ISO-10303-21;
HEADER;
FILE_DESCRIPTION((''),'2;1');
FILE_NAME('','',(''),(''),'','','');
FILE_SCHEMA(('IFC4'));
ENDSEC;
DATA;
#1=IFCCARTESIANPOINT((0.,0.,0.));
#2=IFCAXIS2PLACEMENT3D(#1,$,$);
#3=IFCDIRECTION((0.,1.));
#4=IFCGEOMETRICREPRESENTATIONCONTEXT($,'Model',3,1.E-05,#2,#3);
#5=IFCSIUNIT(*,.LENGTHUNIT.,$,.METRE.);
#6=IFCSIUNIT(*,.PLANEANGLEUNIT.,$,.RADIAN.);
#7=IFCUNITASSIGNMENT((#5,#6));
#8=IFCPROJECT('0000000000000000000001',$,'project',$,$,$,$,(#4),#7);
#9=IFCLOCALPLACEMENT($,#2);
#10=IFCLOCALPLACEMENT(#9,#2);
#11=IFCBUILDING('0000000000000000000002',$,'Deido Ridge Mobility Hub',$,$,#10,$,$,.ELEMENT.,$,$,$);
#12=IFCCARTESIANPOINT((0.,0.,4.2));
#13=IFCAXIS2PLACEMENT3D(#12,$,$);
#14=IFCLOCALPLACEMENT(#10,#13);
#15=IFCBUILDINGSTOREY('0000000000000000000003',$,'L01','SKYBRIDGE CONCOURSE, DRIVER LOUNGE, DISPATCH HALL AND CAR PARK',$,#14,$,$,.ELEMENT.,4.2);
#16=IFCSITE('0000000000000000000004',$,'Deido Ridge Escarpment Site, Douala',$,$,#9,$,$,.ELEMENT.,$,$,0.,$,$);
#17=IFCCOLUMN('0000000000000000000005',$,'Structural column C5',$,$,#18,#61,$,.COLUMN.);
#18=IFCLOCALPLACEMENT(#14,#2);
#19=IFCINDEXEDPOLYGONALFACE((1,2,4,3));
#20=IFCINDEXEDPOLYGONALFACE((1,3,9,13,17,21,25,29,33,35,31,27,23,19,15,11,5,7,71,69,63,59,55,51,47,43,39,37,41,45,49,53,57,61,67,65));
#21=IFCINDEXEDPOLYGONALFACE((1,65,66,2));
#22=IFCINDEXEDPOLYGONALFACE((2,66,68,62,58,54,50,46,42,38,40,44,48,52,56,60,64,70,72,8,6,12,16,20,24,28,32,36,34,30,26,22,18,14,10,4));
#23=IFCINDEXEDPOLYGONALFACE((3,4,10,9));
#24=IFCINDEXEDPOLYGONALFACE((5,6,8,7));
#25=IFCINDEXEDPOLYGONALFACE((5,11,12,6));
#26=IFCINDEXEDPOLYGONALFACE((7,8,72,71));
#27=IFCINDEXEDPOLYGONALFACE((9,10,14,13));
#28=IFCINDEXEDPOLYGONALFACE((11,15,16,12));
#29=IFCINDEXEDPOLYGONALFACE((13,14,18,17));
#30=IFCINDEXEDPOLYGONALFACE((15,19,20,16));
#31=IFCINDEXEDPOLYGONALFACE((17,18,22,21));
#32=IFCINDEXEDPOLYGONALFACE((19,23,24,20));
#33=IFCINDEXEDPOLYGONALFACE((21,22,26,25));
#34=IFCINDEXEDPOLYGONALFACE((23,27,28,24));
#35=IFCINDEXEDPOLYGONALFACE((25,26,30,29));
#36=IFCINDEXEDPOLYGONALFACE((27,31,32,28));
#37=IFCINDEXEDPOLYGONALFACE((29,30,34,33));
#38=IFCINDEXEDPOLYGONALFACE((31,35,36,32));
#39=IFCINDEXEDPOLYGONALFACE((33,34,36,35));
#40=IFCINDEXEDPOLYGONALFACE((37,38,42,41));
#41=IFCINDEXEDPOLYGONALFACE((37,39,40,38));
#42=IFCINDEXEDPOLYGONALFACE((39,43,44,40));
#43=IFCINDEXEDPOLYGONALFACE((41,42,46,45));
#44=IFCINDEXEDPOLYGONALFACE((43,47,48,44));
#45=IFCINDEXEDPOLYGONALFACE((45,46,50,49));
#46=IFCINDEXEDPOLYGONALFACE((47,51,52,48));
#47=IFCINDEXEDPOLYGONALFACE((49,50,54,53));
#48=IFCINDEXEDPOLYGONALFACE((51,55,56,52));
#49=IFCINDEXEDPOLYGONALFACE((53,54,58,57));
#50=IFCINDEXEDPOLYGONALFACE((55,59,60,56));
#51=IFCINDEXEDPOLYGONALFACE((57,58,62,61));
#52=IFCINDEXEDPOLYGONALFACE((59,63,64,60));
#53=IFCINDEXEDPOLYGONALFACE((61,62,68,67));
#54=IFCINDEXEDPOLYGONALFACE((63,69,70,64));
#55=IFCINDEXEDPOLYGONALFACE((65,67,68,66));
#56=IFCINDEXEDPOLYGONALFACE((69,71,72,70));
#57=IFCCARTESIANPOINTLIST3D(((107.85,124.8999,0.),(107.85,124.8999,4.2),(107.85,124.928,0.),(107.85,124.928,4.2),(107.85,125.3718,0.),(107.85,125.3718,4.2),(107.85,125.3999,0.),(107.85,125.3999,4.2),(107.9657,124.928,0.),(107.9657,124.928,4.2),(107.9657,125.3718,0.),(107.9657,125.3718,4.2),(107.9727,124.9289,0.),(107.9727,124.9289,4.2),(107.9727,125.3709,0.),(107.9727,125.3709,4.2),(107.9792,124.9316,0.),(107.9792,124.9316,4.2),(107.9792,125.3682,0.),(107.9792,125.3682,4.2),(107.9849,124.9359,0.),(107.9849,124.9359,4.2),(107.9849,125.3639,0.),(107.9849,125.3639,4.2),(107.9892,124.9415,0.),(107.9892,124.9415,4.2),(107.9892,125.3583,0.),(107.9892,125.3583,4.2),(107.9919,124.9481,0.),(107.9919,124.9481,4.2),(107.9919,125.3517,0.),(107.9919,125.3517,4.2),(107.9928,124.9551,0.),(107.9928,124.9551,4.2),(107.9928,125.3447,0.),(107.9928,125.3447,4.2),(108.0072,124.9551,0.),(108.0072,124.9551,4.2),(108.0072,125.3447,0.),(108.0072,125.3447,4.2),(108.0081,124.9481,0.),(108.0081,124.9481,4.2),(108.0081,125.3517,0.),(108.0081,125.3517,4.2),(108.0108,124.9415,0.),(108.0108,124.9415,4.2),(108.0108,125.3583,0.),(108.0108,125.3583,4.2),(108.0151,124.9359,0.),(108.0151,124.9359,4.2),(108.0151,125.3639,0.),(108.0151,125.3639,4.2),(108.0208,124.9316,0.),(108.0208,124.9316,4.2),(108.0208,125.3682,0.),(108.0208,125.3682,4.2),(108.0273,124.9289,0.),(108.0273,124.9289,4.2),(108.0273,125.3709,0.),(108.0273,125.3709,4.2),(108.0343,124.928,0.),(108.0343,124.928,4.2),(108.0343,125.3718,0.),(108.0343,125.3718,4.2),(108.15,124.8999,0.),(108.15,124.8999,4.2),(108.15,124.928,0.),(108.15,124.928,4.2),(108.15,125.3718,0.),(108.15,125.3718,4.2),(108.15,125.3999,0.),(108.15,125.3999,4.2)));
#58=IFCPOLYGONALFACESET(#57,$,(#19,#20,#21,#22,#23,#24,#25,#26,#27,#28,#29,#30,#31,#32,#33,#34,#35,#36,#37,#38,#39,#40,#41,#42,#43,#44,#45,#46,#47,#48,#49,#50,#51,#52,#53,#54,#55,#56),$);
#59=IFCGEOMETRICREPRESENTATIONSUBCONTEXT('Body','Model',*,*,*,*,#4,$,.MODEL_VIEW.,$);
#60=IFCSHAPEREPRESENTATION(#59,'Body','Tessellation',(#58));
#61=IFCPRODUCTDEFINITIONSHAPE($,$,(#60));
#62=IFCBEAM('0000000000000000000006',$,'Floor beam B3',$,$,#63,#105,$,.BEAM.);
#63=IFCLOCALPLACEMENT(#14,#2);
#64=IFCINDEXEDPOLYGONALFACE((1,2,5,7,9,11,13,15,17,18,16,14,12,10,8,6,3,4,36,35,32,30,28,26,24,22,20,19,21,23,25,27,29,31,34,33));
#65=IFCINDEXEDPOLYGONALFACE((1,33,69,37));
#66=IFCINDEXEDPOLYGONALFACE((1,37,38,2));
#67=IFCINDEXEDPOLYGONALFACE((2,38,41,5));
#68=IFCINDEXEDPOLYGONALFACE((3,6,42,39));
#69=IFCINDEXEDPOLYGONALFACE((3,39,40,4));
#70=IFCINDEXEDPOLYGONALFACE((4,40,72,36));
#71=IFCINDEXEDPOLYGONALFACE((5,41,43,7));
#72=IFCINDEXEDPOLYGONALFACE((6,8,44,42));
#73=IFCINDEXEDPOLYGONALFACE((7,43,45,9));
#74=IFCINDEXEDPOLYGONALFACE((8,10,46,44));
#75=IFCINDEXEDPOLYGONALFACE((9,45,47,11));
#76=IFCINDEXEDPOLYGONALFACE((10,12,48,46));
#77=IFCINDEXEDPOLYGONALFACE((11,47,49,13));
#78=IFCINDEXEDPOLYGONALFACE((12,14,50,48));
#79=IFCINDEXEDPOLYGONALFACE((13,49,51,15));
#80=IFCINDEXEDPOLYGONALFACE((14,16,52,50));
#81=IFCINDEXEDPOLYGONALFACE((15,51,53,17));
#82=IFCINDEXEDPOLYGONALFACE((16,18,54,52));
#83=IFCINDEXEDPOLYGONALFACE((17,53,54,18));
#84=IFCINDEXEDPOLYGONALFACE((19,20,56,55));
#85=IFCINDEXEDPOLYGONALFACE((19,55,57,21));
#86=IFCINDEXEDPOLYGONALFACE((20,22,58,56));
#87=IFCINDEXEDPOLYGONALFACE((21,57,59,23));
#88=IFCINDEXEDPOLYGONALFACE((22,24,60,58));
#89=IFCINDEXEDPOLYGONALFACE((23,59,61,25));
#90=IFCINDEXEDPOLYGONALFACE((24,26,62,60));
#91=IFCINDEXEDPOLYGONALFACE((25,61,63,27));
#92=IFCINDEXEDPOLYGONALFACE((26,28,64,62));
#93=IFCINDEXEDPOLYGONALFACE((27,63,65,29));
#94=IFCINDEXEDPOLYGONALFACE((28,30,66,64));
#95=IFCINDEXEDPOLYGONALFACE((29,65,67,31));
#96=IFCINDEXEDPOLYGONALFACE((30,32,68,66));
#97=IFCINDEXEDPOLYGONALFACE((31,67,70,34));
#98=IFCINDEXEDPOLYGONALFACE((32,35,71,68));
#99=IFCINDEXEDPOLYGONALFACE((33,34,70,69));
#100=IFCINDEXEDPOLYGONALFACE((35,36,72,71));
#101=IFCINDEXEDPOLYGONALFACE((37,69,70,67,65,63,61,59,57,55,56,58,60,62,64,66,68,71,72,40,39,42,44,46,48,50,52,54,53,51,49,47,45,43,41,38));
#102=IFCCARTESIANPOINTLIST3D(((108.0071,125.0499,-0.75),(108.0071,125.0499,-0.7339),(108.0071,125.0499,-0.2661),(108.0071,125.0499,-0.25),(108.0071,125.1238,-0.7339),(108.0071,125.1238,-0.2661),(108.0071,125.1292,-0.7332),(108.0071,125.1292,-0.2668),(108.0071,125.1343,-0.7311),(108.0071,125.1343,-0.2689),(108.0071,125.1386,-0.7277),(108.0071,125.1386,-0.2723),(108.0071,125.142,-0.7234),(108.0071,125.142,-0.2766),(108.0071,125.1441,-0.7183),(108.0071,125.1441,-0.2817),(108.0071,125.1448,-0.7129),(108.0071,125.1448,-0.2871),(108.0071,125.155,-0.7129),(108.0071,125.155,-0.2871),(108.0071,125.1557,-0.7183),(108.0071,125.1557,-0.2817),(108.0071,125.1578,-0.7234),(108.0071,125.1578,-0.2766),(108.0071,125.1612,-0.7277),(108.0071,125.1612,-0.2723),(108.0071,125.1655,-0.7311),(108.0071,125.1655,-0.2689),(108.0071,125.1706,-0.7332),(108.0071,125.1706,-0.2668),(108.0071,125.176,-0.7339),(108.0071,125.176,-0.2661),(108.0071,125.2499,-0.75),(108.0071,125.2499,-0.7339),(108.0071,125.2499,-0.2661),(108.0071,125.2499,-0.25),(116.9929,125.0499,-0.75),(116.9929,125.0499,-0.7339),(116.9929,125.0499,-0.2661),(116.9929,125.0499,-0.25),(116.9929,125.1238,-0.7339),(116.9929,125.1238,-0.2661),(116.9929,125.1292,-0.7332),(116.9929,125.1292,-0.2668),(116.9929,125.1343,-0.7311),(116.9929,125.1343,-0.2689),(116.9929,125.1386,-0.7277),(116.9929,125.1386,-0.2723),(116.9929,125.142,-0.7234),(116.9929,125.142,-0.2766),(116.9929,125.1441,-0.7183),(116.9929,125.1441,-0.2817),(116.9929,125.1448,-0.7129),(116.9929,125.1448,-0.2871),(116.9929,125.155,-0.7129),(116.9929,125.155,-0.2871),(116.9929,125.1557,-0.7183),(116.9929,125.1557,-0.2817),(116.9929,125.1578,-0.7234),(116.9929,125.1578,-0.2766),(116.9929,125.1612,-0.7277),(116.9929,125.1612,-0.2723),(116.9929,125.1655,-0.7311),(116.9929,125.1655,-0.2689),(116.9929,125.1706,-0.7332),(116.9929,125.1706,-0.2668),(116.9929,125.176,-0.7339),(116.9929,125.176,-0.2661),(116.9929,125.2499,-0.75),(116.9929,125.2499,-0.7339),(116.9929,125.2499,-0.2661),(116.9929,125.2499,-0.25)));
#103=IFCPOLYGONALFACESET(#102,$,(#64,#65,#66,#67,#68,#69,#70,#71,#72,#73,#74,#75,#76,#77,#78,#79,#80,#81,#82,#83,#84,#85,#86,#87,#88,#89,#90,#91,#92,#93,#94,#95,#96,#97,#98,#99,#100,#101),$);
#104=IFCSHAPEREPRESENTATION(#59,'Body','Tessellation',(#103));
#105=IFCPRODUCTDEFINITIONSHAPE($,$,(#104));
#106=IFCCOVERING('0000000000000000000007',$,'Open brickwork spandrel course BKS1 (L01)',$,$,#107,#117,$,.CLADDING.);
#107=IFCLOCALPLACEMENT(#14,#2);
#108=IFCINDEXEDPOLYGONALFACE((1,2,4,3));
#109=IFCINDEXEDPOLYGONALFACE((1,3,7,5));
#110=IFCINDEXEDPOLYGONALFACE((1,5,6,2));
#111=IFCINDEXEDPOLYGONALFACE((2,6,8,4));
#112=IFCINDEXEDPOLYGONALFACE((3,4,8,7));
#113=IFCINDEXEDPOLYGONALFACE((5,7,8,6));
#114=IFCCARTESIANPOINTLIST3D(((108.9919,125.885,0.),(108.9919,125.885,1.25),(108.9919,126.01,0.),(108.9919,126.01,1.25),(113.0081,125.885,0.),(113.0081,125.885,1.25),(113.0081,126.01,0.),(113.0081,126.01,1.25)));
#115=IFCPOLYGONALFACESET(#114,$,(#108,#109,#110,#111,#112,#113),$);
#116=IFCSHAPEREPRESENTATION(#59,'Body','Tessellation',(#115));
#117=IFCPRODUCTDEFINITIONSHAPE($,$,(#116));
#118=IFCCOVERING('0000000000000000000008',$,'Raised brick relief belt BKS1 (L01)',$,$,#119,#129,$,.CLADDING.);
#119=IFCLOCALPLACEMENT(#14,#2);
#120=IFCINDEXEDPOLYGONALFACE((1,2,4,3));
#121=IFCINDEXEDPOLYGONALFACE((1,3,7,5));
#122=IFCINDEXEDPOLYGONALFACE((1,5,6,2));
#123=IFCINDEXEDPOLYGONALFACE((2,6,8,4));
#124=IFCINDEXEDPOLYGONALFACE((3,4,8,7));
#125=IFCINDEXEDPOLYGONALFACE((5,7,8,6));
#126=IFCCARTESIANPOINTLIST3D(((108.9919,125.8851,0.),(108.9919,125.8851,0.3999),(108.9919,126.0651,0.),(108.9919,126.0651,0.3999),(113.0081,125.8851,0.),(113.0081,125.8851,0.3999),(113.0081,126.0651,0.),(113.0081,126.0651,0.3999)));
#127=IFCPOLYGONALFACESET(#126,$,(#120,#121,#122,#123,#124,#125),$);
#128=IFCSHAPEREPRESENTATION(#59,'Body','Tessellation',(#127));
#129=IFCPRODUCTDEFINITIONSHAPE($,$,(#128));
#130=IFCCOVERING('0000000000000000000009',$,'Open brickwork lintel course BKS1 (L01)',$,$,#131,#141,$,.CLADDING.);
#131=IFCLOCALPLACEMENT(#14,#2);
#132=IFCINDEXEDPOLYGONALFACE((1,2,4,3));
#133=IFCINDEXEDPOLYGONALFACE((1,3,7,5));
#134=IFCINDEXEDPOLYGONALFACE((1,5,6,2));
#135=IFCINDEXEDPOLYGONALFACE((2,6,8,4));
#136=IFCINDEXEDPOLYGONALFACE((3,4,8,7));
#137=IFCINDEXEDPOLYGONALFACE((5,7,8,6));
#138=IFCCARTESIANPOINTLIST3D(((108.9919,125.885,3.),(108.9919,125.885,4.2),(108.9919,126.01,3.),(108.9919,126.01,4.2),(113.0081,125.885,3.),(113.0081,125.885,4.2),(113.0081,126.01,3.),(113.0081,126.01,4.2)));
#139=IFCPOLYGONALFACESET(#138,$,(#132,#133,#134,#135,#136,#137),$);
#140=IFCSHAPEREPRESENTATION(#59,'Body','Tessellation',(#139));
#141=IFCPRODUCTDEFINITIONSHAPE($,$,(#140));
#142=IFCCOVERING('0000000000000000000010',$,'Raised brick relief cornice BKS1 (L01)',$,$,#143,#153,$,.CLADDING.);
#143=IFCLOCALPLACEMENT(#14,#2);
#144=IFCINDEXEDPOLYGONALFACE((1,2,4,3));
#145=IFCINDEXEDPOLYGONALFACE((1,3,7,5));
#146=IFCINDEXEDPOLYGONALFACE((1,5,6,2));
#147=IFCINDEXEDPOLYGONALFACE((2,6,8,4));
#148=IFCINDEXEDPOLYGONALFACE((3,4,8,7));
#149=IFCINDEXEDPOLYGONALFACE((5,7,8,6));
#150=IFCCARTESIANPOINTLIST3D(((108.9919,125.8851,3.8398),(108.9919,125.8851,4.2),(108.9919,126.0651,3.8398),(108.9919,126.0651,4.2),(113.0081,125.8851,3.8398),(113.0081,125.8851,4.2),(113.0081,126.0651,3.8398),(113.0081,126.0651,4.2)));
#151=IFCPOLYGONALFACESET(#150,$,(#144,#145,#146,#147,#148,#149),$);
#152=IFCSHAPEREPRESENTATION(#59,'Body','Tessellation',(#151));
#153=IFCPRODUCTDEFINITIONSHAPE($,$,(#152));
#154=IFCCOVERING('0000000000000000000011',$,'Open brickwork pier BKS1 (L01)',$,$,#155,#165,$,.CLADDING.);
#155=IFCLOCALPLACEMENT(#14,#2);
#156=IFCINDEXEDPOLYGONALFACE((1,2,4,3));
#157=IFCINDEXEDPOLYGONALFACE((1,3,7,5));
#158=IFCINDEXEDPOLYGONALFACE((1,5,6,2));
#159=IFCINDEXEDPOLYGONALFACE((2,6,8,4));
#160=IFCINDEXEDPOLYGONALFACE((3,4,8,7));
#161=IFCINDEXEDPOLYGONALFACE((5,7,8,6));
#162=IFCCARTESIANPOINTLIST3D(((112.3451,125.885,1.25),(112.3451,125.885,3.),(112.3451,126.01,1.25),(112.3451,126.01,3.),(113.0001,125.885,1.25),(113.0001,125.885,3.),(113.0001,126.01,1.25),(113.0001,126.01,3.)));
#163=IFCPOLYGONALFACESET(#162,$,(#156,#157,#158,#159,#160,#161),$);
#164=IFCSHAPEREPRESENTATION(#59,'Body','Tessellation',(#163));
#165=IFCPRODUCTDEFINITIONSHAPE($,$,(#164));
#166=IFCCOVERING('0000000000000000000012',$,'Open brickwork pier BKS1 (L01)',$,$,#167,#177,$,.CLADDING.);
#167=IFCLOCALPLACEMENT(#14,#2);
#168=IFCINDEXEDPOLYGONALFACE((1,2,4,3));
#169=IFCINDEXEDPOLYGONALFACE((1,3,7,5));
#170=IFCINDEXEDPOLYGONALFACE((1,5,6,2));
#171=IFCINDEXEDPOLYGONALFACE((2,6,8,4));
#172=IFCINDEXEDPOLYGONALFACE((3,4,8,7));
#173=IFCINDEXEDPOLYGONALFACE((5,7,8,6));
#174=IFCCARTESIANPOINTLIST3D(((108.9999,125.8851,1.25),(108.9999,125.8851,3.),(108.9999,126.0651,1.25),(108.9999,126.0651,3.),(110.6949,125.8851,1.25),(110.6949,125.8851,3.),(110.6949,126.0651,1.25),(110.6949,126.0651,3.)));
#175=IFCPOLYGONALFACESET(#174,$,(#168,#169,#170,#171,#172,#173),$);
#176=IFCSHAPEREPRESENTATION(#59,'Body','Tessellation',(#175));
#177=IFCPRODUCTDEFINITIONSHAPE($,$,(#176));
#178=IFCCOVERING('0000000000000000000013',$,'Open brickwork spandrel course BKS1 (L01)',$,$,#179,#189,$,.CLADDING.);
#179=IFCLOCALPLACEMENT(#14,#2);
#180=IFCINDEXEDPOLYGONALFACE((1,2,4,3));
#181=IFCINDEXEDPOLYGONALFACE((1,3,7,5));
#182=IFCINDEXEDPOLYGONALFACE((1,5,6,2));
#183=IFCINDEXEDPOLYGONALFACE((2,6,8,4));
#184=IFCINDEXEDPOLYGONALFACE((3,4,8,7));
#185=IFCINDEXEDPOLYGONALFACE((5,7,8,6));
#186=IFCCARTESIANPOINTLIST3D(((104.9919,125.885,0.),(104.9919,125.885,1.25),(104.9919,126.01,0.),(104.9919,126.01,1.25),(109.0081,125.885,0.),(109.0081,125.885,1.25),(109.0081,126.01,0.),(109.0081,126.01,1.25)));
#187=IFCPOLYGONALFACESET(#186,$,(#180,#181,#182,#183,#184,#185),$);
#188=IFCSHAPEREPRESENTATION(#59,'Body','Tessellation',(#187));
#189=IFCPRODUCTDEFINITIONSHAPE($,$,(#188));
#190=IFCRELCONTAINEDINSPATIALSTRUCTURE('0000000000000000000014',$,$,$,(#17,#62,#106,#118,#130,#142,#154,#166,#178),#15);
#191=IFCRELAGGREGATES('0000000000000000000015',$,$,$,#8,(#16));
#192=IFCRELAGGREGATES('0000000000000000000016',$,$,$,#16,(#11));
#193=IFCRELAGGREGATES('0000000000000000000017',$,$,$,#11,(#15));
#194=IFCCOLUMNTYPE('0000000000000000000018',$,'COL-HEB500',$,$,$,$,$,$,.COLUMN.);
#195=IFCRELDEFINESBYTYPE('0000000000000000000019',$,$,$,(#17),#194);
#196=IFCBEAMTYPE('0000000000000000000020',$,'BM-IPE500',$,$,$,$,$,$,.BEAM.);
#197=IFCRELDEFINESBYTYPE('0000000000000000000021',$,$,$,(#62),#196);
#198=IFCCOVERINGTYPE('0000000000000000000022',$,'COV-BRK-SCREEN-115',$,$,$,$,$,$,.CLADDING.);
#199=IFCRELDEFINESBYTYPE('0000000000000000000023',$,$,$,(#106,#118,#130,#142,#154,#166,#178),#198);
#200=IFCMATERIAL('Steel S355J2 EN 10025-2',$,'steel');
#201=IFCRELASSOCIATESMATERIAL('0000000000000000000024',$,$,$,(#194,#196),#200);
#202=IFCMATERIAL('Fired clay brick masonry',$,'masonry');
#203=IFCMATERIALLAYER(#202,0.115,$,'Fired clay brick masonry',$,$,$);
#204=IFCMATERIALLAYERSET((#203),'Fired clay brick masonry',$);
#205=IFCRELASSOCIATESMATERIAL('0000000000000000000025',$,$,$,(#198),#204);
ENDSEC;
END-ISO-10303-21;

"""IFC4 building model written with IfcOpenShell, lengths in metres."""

from ifc_helpers import new_model, si_unit, direction, frame, origin, origin_2d, place, context, subcontext, project, spatial, rectangle, i_section, extrude, material, layer, layer_set, material_profile, profile_set, type_object, element, save


model = new_model("IFC4")

# Units and contexts
model_context = context("Model", 3, precision=1e-05, world=origin(), true_north=direction((0.0, 1.0)))
body_context = subcontext(model_context, "Body", "Model", "MODEL_VIEW")
ifc_project = project(units=[si_unit("LENGTHUNIT", "METRE"), si_unit("PLANEANGLEUNIT", "RADIAN")], contexts=[model_context])

# Site, building, storey
site_placement = place(None, origin())
site = spatial("IfcSite", under=ifc_project, at=site_placement, Name="Deido Ridge Escarpment Site, Douala", CompositionType="ELEMENT", RefElevation=0.0)
building_placement = place(site_placement, origin())
building = spatial("IfcBuilding", under=site, at=building_placement, Name="Deido Ridge Mobility Hub", CompositionType="ELEMENT")
storey_placement = place(building_placement, frame((0.0, 0.0, 4.2)))
storey = spatial("IfcBuildingStorey", under=building, at=storey_placement, Name="L01", Description="SKYBRIDGE CONCOURSE, DRIVER LOUNGE, DISPATCH HALL AND CAR PARK", CompositionType="ELEMENT", Elevation=4.2)

# Column
ifc_material_1 = material(Name="Steel S355J2 EN 10025-2", Category="steel")
ifc_material_profile_1 = material_profile(ifc_material_1, i_section(OverallWidth=0.3, OverallDepth=0.5, WebThickness=0.0144, FlangeThickness=0.0281, FilletRadius=0.0271, at=origin_2d()), Name="HEB 500")
ifc_profile_set_1 = profile_set([ifc_material_profile_1], Name="Steel S355J2 EN 10025-2")
column_type = type_object("IfcColumnType", Name="COL-HEB500", PredefinedType="COLUMN", material=ifc_profile_set_1)
column_placement = place(storey_placement, frame((108.0, 125.1499, 0.0), z_axis=(0.0, 0.0, 1.0), x_axis=(1.0, 0.0, 0.0)))
element("IfcColumn", 1, at=column_placement, inside=storey, type_object=column_type, Name="Structural column C5", PredefinedType="COLUMN", context=body_context, shape_type="SweptSolid", body=[
    extrude(i_section(OverallWidth=0.3, OverallDepth=0.5, WebThickness=0.0144, FlangeThickness=0.0281, FilletRadius=0.0271, at=origin_2d()), origin(), (0.0, 0.0, 1.0), 4.2),
])

# Beam
ifc_material_profile_2 = material_profile(ifc_material_1, i_section(OverallWidth=0.2, OverallDepth=0.5, WebThickness=0.0103, FlangeThickness=0.0161, FilletRadius=0.021, at=origin_2d()), Name="IPE 500")
ifc_profile_set_2 = profile_set([ifc_material_profile_2], Name="Steel S355J2 EN 10025-2")
beam_type = type_object("IfcBeamType", Name="BM-IPE500", PredefinedType="BEAM", material=ifc_profile_set_2)
beam_placement = place(storey_placement, frame((108.0071, 125.1499, -0.5), z_axis=(1.0, 0.0, 0.0), x_axis=(0.0, 1.0, 0.0)))
element("IfcBeam", 2, at=beam_placement, inside=storey, type_object=beam_type, Name="Floor beam B3", PredefinedType="BEAM", context=body_context, shape_type="SweptSolid", body=[
    extrude(i_section(OverallWidth=0.2, OverallDepth=0.5, WebThickness=0.0103, FlangeThickness=0.0161, FilletRadius=0.021, at=origin_2d()), origin(), (0.0, 0.0, 1.0), 8.9858),
])

# Coverings
ifc_material_2 = material(Name="Fired clay brick masonry", Category="masonry")
ifc_layer = layer(ifc_material_2, 0.115, Name="Fired clay brick masonry")
ifc_layer_set = layer_set([ifc_layer], Name="Fired clay brick masonry")
covering_type = type_object("IfcCoveringType", Name="COV-BRK-SCREEN-115", PredefinedType="CLADDING", material=ifc_layer_set)
covering_1_placement = place(storey_placement, frame((111.0, 125.9475, 0.0), z_axis=(0.0, 0.0, 1.0), x_axis=(-1.0, 0.0, 0.0)))
element("IfcCovering", 3, at=covering_1_placement, inside=storey, type_object=covering_type, Name="Open brickwork spandrel course BKS1 (L01)", PredefinedType="CLADDING", context=body_context, shape_type="SweptSolid", body=[
    extrude(rectangle(XDim=4.0161, YDim=0.125, at=origin_2d()), origin(), (0.0, 0.0, 1.0), 1.25),
])
covering_2_placement = place(storey_placement, frame((111.0, 125.9751, 0.0), z_axis=(0.0, 0.0, 1.0), x_axis=(-1.0, 0.0, 0.0)))
element("IfcCovering", 4, at=covering_2_placement, inside=storey, type_object=covering_type, Name="Raised brick relief belt BKS1 (L01)", PredefinedType="CLADDING", context=body_context, shape_type="SweptSolid", body=[
    extrude(rectangle(XDim=4.0161, YDim=0.1799, at=origin_2d()), origin(), (0.0, 0.0, 1.0), 0.3999),
])
covering_3_placement = place(storey_placement, frame((111.0, 125.9475, 3.0), z_axis=(0.0, 0.0, 1.0), x_axis=(-1.0, 0.0, 0.0)))
element("IfcCovering", 5, at=covering_3_placement, inside=storey, type_object=covering_type, Name="Open brickwork lintel course BKS1 (L01)", PredefinedType="CLADDING", context=body_context, shape_type="SweptSolid", body=[
    extrude(rectangle(XDim=4.0161, YDim=0.125, at=origin_2d()), origin(), (0.0, 0.0, 1.0), 1.2),
])
covering_4_placement = place(storey_placement, frame((111.0, 125.9751, 3.8398), z_axis=(0.0, 0.0, 1.0), x_axis=(-1.0, 0.0, 0.0)))
element("IfcCovering", 6, at=covering_4_placement, inside=storey, type_object=covering_type, Name="Raised brick relief cornice BKS1 (L01)", PredefinedType="CLADDING", context=body_context, shape_type="SweptSolid", body=[
    extrude(rectangle(XDim=4.0161, YDim=0.1799, at=origin_2d()), origin(), (0.0, 0.0, 1.0), 0.3601),
])
covering_5_placement = place(storey_placement, frame((112.6726, 125.9475, 1.25), z_axis=(0.0, 0.0, 1.0), x_axis=(-1.0, 0.0, 0.0)))
element("IfcCovering", 7, at=covering_5_placement, inside=storey, type_object=covering_type, Name="Open brickwork pier BKS1 (L01)", PredefinedType="CLADDING", context=body_context, shape_type="SweptSolid", body=[
    extrude(rectangle(XDim=0.655, YDim=0.125, at=origin_2d()), origin(), (0.0, 0.0, 1.0), 1.75),
])
covering_6_placement = place(storey_placement, frame((109.8474, 125.9751, 1.25), z_axis=(0.0, 0.0, 1.0), x_axis=(-1.0, 0.0, 0.0)))
element("IfcCovering", 8, at=covering_6_placement, inside=storey, type_object=covering_type, Name="Open brickwork pier BKS1 (L01)", PredefinedType="CLADDING", context=body_context, shape_type="SweptSolid", body=[
    extrude(rectangle(XDim=1.6951, YDim=0.1799, at=origin_2d()), origin(), (0.0, 0.0, 1.0), 1.75),
])
covering_7_placement = place(storey_placement, frame((107.0, 125.9475, 0.0), z_axis=(0.0, 0.0, 1.0), x_axis=(-1.0, 0.0, 0.0)))
element("IfcCovering", 9, at=covering_7_placement, inside=storey, type_object=covering_type, Name="Open brickwork spandrel course BKS1 (L01)", PredefinedType="CLADDING", context=body_context, shape_type="SweptSolid", body=[
    extrude(rectangle(XDim=4.0161, YDim=0.125, at=origin_2d()), origin(), (0.0, 0.0, 1.0), 1.25),
])

save(model, "model.ifc")
